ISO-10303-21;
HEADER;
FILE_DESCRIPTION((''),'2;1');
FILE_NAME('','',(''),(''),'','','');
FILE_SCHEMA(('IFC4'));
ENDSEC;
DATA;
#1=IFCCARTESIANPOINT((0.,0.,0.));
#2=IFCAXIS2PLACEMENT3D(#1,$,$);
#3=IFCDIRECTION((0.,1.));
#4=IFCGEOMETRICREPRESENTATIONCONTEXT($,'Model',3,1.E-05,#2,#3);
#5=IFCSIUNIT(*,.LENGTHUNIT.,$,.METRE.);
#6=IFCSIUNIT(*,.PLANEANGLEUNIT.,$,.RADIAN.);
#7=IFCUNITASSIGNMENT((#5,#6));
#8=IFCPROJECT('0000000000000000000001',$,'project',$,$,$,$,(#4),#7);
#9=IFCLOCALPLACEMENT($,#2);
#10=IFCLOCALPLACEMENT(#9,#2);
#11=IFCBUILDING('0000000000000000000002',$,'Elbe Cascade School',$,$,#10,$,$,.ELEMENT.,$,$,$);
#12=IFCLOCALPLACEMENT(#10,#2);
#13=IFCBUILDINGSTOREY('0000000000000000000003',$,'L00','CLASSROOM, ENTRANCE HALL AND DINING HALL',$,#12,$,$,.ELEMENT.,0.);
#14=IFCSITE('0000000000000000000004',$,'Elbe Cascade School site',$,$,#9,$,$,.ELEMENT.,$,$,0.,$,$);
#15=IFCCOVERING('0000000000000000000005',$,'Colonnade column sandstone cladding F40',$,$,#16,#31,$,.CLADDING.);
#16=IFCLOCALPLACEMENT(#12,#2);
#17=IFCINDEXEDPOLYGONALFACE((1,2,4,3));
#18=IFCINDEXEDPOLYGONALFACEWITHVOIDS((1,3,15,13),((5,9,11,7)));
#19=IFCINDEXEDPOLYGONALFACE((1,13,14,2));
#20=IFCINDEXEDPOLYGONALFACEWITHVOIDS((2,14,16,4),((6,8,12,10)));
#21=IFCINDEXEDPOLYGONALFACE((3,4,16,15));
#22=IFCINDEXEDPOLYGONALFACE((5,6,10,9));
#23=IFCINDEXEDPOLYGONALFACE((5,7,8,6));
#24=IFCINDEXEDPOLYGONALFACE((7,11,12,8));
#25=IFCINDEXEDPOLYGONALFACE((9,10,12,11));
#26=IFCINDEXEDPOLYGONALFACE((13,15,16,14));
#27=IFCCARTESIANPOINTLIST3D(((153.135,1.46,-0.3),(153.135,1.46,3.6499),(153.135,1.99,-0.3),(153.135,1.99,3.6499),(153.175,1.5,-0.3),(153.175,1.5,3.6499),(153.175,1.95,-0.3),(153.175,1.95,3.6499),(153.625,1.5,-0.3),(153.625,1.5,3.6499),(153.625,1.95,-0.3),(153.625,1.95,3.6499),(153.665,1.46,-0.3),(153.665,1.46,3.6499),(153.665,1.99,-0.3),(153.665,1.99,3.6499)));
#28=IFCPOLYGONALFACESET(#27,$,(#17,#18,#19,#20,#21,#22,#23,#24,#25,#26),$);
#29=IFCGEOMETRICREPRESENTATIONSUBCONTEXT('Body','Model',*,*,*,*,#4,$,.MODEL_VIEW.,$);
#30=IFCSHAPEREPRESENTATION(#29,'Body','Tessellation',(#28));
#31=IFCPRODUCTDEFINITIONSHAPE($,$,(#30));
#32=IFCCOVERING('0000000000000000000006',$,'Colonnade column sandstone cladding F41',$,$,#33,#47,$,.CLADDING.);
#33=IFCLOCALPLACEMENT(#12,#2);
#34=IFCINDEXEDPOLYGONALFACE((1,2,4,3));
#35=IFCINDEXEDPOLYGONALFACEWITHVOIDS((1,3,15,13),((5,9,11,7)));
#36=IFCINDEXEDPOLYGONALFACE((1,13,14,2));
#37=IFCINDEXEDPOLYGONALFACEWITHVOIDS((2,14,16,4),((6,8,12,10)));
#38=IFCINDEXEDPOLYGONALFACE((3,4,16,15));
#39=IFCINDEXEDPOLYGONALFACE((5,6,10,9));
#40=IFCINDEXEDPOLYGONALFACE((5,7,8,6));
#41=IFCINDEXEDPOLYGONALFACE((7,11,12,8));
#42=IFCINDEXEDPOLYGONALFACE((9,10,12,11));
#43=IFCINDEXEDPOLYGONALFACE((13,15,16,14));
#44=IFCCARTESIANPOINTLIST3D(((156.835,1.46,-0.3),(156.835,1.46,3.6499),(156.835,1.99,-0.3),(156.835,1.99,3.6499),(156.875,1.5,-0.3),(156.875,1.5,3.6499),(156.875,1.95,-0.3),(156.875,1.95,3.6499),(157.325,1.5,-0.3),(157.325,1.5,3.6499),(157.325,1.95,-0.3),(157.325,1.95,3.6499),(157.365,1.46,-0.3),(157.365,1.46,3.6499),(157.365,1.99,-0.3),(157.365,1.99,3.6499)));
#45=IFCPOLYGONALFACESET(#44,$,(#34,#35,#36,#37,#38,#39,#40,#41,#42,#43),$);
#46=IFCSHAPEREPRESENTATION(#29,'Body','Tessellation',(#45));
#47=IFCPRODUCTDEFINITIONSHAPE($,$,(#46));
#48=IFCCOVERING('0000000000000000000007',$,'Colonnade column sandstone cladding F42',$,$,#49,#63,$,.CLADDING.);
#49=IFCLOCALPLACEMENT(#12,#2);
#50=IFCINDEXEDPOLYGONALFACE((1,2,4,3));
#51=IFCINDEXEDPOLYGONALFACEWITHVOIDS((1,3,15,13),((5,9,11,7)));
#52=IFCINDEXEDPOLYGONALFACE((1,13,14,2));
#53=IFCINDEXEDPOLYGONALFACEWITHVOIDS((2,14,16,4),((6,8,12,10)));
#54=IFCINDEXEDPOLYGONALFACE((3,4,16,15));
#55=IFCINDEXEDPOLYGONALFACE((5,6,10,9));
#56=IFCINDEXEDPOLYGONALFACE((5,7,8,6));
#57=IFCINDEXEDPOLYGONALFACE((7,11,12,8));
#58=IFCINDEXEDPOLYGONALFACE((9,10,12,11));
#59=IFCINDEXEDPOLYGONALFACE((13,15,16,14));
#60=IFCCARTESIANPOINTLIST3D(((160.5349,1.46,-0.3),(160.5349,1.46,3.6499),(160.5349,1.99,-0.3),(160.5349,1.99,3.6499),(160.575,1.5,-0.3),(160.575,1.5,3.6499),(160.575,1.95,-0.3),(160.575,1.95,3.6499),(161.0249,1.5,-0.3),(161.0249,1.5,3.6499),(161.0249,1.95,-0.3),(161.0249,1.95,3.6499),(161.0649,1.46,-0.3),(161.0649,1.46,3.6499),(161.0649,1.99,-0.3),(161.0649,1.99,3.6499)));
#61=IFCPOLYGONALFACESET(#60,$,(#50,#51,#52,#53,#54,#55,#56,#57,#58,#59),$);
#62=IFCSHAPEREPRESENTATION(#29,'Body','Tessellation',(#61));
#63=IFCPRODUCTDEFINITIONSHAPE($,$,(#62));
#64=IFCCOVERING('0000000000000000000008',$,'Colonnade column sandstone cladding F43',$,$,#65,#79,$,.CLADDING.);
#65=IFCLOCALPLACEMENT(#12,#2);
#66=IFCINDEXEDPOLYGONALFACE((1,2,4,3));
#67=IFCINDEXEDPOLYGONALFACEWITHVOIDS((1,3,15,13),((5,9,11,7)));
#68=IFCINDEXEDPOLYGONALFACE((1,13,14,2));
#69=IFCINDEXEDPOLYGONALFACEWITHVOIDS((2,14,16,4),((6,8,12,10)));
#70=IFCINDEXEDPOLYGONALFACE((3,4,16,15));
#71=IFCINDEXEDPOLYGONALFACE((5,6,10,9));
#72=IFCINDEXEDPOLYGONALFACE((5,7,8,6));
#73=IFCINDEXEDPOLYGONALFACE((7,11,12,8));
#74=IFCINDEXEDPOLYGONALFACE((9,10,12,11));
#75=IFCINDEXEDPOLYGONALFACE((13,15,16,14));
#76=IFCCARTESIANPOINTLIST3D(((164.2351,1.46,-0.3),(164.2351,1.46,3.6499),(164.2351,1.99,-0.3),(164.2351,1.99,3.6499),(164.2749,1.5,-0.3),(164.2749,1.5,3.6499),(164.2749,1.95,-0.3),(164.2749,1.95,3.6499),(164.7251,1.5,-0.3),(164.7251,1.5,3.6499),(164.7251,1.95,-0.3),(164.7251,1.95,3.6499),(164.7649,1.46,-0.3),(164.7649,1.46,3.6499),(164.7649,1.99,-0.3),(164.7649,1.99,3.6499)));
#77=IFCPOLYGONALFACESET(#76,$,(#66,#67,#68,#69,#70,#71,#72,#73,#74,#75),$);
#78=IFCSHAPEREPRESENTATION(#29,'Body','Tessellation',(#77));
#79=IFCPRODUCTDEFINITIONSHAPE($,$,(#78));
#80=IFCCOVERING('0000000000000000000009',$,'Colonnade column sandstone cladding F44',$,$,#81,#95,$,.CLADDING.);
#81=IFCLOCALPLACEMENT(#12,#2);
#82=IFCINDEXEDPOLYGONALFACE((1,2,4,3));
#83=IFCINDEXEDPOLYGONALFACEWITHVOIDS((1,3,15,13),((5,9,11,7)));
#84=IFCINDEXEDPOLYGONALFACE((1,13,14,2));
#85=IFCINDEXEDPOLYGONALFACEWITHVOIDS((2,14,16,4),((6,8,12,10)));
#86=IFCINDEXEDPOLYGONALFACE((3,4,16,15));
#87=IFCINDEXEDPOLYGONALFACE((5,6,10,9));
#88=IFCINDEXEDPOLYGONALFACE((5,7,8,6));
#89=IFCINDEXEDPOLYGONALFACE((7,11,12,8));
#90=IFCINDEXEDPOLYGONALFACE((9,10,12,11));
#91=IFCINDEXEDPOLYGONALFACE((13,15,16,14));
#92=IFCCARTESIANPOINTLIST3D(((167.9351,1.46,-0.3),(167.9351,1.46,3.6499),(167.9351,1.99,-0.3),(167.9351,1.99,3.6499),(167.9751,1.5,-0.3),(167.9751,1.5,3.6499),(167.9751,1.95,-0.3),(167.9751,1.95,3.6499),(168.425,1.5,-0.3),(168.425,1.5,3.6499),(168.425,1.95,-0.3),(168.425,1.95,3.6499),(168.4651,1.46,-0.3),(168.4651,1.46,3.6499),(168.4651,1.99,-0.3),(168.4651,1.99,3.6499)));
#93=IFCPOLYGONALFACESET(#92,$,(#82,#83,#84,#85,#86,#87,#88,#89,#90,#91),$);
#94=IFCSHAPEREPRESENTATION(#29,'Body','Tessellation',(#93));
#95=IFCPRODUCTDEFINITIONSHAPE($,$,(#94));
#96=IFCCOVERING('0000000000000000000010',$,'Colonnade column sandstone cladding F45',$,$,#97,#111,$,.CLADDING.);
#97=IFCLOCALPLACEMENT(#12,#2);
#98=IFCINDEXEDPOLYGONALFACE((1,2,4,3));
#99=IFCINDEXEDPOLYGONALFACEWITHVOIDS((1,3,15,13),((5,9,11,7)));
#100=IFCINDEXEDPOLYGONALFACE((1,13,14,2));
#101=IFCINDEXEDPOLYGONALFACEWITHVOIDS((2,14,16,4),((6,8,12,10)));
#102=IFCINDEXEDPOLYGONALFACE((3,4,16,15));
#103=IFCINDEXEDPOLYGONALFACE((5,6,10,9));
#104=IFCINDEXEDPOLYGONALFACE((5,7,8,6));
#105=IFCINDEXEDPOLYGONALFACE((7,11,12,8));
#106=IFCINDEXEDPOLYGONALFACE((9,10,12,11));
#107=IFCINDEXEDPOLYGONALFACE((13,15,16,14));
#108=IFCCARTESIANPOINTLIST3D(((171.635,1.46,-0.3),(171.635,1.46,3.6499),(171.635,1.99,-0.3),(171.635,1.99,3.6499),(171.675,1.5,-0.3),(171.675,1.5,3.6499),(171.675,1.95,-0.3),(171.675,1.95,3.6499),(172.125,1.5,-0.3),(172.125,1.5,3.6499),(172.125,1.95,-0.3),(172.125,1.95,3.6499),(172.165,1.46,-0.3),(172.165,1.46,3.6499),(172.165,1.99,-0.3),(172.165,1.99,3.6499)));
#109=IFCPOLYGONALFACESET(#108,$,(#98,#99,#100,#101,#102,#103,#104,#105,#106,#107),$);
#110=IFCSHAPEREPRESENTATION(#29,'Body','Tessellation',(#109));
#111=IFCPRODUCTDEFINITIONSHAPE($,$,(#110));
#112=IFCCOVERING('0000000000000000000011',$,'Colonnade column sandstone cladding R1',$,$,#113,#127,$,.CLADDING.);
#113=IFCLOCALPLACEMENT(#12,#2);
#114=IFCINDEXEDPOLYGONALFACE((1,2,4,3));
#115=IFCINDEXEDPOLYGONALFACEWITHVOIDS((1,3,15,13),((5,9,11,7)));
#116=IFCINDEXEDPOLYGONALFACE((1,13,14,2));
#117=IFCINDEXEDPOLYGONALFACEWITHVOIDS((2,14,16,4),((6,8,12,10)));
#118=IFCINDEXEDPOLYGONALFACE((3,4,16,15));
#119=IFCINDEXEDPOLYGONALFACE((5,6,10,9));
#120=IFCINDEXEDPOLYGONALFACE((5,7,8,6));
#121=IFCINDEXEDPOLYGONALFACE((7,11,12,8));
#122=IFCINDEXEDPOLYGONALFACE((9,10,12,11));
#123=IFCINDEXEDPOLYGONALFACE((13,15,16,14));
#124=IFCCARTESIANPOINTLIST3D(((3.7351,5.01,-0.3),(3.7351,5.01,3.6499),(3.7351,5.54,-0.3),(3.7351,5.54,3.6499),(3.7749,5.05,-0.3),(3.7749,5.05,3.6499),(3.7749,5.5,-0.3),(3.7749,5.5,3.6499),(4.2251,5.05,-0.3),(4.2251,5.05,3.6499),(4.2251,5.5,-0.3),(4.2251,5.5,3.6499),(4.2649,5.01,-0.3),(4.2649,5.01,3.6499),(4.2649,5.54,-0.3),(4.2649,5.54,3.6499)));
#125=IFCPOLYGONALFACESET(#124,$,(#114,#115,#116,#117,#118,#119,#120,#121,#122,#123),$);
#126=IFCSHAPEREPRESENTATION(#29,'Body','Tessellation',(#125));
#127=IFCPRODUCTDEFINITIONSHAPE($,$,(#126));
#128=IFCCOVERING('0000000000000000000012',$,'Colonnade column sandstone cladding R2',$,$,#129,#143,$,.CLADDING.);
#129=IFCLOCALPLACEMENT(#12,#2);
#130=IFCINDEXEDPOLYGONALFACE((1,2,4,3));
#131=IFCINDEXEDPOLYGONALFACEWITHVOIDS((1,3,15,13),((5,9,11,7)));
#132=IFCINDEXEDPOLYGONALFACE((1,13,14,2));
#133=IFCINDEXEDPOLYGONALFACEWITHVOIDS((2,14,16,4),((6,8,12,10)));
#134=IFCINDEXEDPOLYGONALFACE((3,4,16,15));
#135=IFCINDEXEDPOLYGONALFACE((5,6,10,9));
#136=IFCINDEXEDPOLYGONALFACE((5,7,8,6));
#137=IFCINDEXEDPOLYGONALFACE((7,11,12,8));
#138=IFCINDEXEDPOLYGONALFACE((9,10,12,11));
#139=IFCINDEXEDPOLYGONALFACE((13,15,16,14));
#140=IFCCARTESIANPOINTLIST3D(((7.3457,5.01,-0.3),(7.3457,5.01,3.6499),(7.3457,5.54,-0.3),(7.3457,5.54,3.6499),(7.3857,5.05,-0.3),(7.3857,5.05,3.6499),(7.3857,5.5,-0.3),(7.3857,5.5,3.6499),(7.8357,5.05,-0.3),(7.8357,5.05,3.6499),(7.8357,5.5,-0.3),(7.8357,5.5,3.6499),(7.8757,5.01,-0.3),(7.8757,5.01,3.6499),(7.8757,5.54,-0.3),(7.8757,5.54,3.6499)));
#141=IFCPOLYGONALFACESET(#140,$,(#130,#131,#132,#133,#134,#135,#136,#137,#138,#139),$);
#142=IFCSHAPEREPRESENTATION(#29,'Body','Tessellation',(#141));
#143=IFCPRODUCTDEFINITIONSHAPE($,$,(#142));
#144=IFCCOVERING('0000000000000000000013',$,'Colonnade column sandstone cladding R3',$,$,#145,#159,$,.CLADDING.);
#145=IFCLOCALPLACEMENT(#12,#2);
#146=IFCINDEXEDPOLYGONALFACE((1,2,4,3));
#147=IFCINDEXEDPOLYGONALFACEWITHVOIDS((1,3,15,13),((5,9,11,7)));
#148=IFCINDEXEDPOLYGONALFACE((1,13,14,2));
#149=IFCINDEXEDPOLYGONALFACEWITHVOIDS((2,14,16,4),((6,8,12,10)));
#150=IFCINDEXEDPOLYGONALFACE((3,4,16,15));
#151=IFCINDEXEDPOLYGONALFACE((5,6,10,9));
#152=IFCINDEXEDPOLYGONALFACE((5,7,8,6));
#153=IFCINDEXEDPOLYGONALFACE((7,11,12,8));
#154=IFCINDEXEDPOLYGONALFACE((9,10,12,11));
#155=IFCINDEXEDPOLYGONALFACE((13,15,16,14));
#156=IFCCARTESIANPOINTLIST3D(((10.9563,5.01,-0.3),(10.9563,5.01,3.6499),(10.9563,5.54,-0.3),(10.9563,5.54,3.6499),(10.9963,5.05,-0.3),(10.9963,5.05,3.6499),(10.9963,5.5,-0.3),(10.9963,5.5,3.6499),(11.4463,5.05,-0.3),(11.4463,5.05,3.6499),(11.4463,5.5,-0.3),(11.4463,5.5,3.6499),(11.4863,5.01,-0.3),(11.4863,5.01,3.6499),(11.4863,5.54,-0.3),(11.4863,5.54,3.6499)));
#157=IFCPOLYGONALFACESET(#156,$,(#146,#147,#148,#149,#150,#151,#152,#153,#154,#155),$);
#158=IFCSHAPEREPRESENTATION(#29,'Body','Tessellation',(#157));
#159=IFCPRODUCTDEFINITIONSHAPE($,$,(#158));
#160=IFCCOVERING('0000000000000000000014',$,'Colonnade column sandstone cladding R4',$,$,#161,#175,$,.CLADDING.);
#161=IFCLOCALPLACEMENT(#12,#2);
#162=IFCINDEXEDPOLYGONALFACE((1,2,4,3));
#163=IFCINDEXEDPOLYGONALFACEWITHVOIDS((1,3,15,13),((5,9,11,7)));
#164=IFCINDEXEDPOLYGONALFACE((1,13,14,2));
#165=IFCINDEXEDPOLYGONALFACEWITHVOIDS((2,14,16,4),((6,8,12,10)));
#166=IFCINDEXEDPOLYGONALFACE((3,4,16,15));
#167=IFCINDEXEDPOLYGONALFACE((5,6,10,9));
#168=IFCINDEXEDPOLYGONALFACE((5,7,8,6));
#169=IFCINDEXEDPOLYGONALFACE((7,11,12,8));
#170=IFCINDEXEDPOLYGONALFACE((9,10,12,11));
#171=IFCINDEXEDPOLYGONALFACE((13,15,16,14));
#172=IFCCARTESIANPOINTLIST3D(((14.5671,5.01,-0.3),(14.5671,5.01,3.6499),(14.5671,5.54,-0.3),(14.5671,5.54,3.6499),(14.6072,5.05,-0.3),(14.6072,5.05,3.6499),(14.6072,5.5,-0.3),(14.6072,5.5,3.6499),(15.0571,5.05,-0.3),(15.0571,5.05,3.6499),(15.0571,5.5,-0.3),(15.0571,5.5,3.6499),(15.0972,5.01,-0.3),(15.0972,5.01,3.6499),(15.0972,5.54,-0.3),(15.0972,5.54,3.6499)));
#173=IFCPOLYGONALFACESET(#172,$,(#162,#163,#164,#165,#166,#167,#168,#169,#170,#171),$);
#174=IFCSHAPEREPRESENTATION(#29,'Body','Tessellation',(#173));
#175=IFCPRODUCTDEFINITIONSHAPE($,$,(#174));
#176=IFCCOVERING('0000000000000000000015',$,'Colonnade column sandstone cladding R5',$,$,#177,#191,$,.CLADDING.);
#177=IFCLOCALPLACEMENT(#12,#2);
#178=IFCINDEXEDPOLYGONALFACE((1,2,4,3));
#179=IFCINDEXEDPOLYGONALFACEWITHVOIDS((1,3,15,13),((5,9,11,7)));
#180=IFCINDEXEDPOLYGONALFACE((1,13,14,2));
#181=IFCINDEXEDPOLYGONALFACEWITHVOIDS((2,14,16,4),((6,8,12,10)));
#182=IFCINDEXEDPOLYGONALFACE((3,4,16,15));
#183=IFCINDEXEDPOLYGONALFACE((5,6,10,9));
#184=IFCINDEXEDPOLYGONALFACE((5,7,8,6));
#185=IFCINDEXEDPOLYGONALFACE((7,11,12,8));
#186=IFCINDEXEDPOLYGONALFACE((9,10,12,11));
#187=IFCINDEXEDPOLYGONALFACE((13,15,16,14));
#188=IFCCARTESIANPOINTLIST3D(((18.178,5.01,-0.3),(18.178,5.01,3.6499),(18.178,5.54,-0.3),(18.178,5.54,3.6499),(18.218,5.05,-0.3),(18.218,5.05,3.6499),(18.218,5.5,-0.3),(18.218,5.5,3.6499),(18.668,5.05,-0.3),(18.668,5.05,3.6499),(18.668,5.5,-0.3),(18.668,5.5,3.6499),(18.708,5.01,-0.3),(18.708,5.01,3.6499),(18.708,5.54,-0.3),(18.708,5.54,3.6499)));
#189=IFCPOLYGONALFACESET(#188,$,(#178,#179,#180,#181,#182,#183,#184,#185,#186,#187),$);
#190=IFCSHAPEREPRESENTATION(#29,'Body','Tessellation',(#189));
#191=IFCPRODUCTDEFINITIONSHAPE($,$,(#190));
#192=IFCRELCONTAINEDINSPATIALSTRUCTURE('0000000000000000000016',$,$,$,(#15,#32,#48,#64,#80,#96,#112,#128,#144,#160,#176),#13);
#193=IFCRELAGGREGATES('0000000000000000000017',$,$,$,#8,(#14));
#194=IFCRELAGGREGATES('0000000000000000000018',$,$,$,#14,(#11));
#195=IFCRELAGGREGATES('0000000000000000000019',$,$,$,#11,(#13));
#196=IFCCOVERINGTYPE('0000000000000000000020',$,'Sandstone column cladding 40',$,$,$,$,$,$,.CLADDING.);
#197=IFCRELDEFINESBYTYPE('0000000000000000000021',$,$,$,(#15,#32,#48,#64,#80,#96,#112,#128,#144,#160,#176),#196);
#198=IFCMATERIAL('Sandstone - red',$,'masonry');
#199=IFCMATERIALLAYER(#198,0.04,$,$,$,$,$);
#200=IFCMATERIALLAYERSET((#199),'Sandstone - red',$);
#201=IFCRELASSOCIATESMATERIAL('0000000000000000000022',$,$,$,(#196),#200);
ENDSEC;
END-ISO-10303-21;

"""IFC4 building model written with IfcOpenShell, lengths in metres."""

from ifc_helpers import new_model, si_unit, direction, frame, origin, place, context, subcontext, project, spatial, polyline, outline, extrude, material, layer, layer_set, type_object, element, save


model = new_model("IFC4")

# Units and contexts
model_context = context("Model", 3, precision=1e-05, world=origin(), true_north=direction((0.0, 1.0)))
body_context = subcontext(model_context, "Body", "Model", "MODEL_VIEW")
ifc_project = project(units=[si_unit("LENGTHUNIT", "METRE"), si_unit("PLANEANGLEUNIT", "RADIAN")], contexts=[model_context])

# Site, building, storey
site_placement = place(None, origin())
site = spatial("IfcSite", under=ifc_project, at=site_placement, Name="Elbe Cascade School site", CompositionType="ELEMENT", RefElevation=0.0)
building_placement = place(site_placement, origin())
building = spatial("IfcBuilding", under=site, at=building_placement, Name="Elbe Cascade School", CompositionType="ELEMENT")
storey_placement = place(building_placement, origin())
storey = spatial("IfcBuildingStorey", under=building, at=storey_placement, Name="L00", Description="CLASSROOM, ENTRANCE HALL AND DINING HALL", CompositionType="ELEMENT", Elevation=0.0)

# Coverings
ifc_material = material(Name="Sandstone - red", Category="masonry")
ifc_layer = layer(ifc_material, 0.04)
ifc_layer_set = layer_set([ifc_layer], Name="Sandstone - red")
covering_type = type_object("IfcCoveringType", Name="Sandstone column cladding 40", PredefinedType="CLADDING", material=ifc_layer_set)
covering_1_placement = place(storey_placement, frame((0.0, 0.0, -0.3)))
element("IfcCovering", 1, at=covering_1_placement, inside=storey, type_object=covering_type, Name="Colonnade column sandstone cladding F40", PredefinedType="CLADDING", context=body_context, shape_type="SweptSolid", body=[
    extrude(outline(polyline([(153.135, 1.46), (153.665, 1.46), (153.665, 1.99), (153.135, 1.99), (153.135, 1.46)]), holes=[polyline([(153.175, 1.95), (153.625, 1.95), (153.625, 1.5), (153.175, 1.5), (153.175, 1.95)])]), origin(), (0.0, 0.0, 1.0), 3.95),
])
covering_2_placement = place(storey_placement, frame((0.0, 0.0, -0.3)))
element("IfcCovering", 2, at=covering_2_placement, inside=storey, type_object=covering_type, Name="Colonnade column sandstone cladding F41", PredefinedType="CLADDING", context=body_context, shape_type="SweptSolid", body=[
    extrude(outline(polyline([(156.835, 1.46), (157.365, 1.46), (157.365, 1.99), (156.835, 1.99), (156.835, 1.46)]), holes=[polyline([(156.875, 1.95), (157.325, 1.95), (157.325, 1.5), (156.875, 1.5), (156.875, 1.95)])]), origin(), (0.0, 0.0, 1.0), 3.95),
])
covering_3_placement = place(storey_placement, frame((0.0, 0.0, -0.3)))
element("IfcCovering", 3, at=covering_3_placement, inside=storey, type_object=covering_type, Name="Colonnade column sandstone cladding F42", PredefinedType="CLADDING", context=body_context, shape_type="SweptSolid", body=[
    extrude(outline(polyline([(160.5349, 1.46), (161.0649, 1.46), (161.0649, 1.99), (160.5349, 1.99), (160.5349, 1.46)]), holes=[polyline([(160.575, 1.95), (161.0249, 1.95), (161.0249, 1.5), (160.575, 1.5), (160.575, 1.95)])]), origin(), (0.0, 0.0, 1.0), 3.95),
])
covering_4_placement = place(storey_placement, frame((0.0, 0.0, -0.3)))
element("IfcCovering", 4, at=covering_4_placement, inside=storey, type_object=covering_type, Name="Colonnade column sandstone cladding F43", PredefinedType="CLADDING", context=body_context, shape_type="SweptSolid", body=[
    extrude(outline(polyline([(164.2351, 1.46), (164.7649, 1.46), (164.7649, 1.99), (164.2351, 1.99), (164.2351, 1.46)]), holes=[polyline([(164.2749, 1.95), (164.7251, 1.95), (164.7251, 1.5), (164.2749, 1.5), (164.2749, 1.95)])]), origin(), (0.0, 0.0, 1.0), 3.95),
])
covering_5_placement = place(storey_placement, frame((0.0, 0.0, -0.3)))
element("IfcCovering", 5, at=covering_5_placement, inside=storey, type_object=covering_type, Name="Colonnade column sandstone cladding F44", PredefinedType="CLADDING", context=body_context, shape_type="SweptSolid", body=[
    extrude(outline(polyline([(167.9351, 1.46), (168.4651, 1.46), (168.4651, 1.99), (167.9351, 1.99), (167.9351, 1.46)]), holes=[polyline([(167.9751, 1.95), (168.425, 1.95), (168.425, 1.5), (167.9751, 1.5), (167.9751, 1.95)])]), origin(), (0.0, 0.0, 1.0), 3.95),
])
covering_6_placement = place(storey_placement, frame((0.0, 0.0, -0.3)))
element("IfcCovering", 6, at=covering_6_placement, inside=storey, type_object=covering_type, Name="Colonnade column sandstone cladding F45", PredefinedType="CLADDING", context=body_context, shape_type="SweptSolid", body=[
    extrude(outline(polyline([(171.635, 1.46), (172.165, 1.46), (172.165, 1.99), (171.635, 1.99), (171.635, 1.46)]), holes=[polyline([(171.675, 1.95), (172.125, 1.95), (172.125, 1.5), (171.675, 1.5), (171.675, 1.95)])]), origin(), (0.0, 0.0, 1.0), 3.95),
])
covering_7_placement = place(storey_placement, frame((0.0, 0.0, -0.3)))
element("IfcCovering", 7, at=covering_7_placement, inside=storey, type_object=covering_type, Name="Colonnade column sandstone cladding R1", PredefinedType="CLADDING", context=body_context, shape_type="SweptSolid", body=[
    extrude(outline(polyline([(3.7351, 5.01), (4.2649, 5.01), (4.2649, 5.54), (3.7351, 5.54), (3.7351, 5.01)]), holes=[polyline([(3.7749, 5.5), (4.2251, 5.5), (4.2251, 5.05), (3.7749, 5.05), (3.7749, 5.5)])]), origin(), (0.0, 0.0, 1.0), 3.95),
])
covering_8_placement = place(storey_placement, frame((0.0, 0.0, -0.3)))
element("IfcCovering", 8, at=covering_8_placement, inside=storey, type_object=covering_type, Name="Colonnade column sandstone cladding R2", PredefinedType="CLADDING", context=body_context, shape_type="SweptSolid", body=[
    extrude(outline(polyline([(7.3457, 5.01), (7.8757, 5.01), (7.8757, 5.54), (7.3457, 5.54), (7.3457, 5.01)]), holes=[polyline([(7.3857, 5.5), (7.8357, 5.5), (7.8357, 5.05), (7.3857, 5.05), (7.3857, 5.5)])]), origin(), (0.0, 0.0, 1.0), 3.95),
])
covering_9_placement = place(storey_placement, frame((0.0, 0.0, -0.3)))
element("IfcCovering", 9, at=covering_9_placement, inside=storey, type_object=covering_type, Name="Colonnade column sandstone cladding R3", PredefinedType="CLADDING", context=body_context, shape_type="SweptSolid", body=[
    extrude(outline(polyline([(10.9563, 5.01), (11.4863, 5.01), (11.4863, 5.54), (10.9563, 5.54), (10.9563, 5.01)]), holes=[polyline([(10.9963, 5.5), (11.4463, 5.5), (11.4463, 5.05), (10.9963, 5.05), (10.9963, 5.5)])]), origin(), (0.0, 0.0, 1.0), 3.95),
])
covering_10_placement = place(storey_placement, frame((0.0, 0.0, -0.3)))
element("IfcCovering", 10, at=covering_10_placement, inside=storey, type_object=covering_type, Name="Colonnade column sandstone cladding R4", PredefinedType="CLADDING", context=body_context, shape_type="SweptSolid", body=[
    extrude(outline(polyline([(14.5671, 5.01), (15.0972, 5.01), (15.0972, 5.54), (14.5671, 5.54), (14.5671, 5.01)]), holes=[polyline([(14.6072, 5.5), (15.0571, 5.5), (15.0571, 5.05), (14.6072, 5.05), (14.6072, 5.5)])]), origin(), (0.0, 0.0, 1.0), 3.95),
])
covering_11_placement = place(storey_placement, frame((0.0, 0.0, -0.3)))
element("IfcCovering", 11, at=covering_11_placement, inside=storey, type_object=covering_type, Name="Colonnade column sandstone cladding R5", PredefinedType="CLADDING", context=body_context, shape_type="SweptSolid", body=[
    extrude(outline(polyline([(18.178, 5.01), (18.708, 5.01), (18.708, 5.54), (18.178, 5.54), (18.178, 5.01)]), holes=[polyline([(18.218, 5.5), (18.668, 5.5), (18.668, 5.05), (18.218, 5.05), (18.218, 5.5)])]), origin(), (0.0, 0.0, 1.0), 3.95),
])

save(model, "model.ifc")
